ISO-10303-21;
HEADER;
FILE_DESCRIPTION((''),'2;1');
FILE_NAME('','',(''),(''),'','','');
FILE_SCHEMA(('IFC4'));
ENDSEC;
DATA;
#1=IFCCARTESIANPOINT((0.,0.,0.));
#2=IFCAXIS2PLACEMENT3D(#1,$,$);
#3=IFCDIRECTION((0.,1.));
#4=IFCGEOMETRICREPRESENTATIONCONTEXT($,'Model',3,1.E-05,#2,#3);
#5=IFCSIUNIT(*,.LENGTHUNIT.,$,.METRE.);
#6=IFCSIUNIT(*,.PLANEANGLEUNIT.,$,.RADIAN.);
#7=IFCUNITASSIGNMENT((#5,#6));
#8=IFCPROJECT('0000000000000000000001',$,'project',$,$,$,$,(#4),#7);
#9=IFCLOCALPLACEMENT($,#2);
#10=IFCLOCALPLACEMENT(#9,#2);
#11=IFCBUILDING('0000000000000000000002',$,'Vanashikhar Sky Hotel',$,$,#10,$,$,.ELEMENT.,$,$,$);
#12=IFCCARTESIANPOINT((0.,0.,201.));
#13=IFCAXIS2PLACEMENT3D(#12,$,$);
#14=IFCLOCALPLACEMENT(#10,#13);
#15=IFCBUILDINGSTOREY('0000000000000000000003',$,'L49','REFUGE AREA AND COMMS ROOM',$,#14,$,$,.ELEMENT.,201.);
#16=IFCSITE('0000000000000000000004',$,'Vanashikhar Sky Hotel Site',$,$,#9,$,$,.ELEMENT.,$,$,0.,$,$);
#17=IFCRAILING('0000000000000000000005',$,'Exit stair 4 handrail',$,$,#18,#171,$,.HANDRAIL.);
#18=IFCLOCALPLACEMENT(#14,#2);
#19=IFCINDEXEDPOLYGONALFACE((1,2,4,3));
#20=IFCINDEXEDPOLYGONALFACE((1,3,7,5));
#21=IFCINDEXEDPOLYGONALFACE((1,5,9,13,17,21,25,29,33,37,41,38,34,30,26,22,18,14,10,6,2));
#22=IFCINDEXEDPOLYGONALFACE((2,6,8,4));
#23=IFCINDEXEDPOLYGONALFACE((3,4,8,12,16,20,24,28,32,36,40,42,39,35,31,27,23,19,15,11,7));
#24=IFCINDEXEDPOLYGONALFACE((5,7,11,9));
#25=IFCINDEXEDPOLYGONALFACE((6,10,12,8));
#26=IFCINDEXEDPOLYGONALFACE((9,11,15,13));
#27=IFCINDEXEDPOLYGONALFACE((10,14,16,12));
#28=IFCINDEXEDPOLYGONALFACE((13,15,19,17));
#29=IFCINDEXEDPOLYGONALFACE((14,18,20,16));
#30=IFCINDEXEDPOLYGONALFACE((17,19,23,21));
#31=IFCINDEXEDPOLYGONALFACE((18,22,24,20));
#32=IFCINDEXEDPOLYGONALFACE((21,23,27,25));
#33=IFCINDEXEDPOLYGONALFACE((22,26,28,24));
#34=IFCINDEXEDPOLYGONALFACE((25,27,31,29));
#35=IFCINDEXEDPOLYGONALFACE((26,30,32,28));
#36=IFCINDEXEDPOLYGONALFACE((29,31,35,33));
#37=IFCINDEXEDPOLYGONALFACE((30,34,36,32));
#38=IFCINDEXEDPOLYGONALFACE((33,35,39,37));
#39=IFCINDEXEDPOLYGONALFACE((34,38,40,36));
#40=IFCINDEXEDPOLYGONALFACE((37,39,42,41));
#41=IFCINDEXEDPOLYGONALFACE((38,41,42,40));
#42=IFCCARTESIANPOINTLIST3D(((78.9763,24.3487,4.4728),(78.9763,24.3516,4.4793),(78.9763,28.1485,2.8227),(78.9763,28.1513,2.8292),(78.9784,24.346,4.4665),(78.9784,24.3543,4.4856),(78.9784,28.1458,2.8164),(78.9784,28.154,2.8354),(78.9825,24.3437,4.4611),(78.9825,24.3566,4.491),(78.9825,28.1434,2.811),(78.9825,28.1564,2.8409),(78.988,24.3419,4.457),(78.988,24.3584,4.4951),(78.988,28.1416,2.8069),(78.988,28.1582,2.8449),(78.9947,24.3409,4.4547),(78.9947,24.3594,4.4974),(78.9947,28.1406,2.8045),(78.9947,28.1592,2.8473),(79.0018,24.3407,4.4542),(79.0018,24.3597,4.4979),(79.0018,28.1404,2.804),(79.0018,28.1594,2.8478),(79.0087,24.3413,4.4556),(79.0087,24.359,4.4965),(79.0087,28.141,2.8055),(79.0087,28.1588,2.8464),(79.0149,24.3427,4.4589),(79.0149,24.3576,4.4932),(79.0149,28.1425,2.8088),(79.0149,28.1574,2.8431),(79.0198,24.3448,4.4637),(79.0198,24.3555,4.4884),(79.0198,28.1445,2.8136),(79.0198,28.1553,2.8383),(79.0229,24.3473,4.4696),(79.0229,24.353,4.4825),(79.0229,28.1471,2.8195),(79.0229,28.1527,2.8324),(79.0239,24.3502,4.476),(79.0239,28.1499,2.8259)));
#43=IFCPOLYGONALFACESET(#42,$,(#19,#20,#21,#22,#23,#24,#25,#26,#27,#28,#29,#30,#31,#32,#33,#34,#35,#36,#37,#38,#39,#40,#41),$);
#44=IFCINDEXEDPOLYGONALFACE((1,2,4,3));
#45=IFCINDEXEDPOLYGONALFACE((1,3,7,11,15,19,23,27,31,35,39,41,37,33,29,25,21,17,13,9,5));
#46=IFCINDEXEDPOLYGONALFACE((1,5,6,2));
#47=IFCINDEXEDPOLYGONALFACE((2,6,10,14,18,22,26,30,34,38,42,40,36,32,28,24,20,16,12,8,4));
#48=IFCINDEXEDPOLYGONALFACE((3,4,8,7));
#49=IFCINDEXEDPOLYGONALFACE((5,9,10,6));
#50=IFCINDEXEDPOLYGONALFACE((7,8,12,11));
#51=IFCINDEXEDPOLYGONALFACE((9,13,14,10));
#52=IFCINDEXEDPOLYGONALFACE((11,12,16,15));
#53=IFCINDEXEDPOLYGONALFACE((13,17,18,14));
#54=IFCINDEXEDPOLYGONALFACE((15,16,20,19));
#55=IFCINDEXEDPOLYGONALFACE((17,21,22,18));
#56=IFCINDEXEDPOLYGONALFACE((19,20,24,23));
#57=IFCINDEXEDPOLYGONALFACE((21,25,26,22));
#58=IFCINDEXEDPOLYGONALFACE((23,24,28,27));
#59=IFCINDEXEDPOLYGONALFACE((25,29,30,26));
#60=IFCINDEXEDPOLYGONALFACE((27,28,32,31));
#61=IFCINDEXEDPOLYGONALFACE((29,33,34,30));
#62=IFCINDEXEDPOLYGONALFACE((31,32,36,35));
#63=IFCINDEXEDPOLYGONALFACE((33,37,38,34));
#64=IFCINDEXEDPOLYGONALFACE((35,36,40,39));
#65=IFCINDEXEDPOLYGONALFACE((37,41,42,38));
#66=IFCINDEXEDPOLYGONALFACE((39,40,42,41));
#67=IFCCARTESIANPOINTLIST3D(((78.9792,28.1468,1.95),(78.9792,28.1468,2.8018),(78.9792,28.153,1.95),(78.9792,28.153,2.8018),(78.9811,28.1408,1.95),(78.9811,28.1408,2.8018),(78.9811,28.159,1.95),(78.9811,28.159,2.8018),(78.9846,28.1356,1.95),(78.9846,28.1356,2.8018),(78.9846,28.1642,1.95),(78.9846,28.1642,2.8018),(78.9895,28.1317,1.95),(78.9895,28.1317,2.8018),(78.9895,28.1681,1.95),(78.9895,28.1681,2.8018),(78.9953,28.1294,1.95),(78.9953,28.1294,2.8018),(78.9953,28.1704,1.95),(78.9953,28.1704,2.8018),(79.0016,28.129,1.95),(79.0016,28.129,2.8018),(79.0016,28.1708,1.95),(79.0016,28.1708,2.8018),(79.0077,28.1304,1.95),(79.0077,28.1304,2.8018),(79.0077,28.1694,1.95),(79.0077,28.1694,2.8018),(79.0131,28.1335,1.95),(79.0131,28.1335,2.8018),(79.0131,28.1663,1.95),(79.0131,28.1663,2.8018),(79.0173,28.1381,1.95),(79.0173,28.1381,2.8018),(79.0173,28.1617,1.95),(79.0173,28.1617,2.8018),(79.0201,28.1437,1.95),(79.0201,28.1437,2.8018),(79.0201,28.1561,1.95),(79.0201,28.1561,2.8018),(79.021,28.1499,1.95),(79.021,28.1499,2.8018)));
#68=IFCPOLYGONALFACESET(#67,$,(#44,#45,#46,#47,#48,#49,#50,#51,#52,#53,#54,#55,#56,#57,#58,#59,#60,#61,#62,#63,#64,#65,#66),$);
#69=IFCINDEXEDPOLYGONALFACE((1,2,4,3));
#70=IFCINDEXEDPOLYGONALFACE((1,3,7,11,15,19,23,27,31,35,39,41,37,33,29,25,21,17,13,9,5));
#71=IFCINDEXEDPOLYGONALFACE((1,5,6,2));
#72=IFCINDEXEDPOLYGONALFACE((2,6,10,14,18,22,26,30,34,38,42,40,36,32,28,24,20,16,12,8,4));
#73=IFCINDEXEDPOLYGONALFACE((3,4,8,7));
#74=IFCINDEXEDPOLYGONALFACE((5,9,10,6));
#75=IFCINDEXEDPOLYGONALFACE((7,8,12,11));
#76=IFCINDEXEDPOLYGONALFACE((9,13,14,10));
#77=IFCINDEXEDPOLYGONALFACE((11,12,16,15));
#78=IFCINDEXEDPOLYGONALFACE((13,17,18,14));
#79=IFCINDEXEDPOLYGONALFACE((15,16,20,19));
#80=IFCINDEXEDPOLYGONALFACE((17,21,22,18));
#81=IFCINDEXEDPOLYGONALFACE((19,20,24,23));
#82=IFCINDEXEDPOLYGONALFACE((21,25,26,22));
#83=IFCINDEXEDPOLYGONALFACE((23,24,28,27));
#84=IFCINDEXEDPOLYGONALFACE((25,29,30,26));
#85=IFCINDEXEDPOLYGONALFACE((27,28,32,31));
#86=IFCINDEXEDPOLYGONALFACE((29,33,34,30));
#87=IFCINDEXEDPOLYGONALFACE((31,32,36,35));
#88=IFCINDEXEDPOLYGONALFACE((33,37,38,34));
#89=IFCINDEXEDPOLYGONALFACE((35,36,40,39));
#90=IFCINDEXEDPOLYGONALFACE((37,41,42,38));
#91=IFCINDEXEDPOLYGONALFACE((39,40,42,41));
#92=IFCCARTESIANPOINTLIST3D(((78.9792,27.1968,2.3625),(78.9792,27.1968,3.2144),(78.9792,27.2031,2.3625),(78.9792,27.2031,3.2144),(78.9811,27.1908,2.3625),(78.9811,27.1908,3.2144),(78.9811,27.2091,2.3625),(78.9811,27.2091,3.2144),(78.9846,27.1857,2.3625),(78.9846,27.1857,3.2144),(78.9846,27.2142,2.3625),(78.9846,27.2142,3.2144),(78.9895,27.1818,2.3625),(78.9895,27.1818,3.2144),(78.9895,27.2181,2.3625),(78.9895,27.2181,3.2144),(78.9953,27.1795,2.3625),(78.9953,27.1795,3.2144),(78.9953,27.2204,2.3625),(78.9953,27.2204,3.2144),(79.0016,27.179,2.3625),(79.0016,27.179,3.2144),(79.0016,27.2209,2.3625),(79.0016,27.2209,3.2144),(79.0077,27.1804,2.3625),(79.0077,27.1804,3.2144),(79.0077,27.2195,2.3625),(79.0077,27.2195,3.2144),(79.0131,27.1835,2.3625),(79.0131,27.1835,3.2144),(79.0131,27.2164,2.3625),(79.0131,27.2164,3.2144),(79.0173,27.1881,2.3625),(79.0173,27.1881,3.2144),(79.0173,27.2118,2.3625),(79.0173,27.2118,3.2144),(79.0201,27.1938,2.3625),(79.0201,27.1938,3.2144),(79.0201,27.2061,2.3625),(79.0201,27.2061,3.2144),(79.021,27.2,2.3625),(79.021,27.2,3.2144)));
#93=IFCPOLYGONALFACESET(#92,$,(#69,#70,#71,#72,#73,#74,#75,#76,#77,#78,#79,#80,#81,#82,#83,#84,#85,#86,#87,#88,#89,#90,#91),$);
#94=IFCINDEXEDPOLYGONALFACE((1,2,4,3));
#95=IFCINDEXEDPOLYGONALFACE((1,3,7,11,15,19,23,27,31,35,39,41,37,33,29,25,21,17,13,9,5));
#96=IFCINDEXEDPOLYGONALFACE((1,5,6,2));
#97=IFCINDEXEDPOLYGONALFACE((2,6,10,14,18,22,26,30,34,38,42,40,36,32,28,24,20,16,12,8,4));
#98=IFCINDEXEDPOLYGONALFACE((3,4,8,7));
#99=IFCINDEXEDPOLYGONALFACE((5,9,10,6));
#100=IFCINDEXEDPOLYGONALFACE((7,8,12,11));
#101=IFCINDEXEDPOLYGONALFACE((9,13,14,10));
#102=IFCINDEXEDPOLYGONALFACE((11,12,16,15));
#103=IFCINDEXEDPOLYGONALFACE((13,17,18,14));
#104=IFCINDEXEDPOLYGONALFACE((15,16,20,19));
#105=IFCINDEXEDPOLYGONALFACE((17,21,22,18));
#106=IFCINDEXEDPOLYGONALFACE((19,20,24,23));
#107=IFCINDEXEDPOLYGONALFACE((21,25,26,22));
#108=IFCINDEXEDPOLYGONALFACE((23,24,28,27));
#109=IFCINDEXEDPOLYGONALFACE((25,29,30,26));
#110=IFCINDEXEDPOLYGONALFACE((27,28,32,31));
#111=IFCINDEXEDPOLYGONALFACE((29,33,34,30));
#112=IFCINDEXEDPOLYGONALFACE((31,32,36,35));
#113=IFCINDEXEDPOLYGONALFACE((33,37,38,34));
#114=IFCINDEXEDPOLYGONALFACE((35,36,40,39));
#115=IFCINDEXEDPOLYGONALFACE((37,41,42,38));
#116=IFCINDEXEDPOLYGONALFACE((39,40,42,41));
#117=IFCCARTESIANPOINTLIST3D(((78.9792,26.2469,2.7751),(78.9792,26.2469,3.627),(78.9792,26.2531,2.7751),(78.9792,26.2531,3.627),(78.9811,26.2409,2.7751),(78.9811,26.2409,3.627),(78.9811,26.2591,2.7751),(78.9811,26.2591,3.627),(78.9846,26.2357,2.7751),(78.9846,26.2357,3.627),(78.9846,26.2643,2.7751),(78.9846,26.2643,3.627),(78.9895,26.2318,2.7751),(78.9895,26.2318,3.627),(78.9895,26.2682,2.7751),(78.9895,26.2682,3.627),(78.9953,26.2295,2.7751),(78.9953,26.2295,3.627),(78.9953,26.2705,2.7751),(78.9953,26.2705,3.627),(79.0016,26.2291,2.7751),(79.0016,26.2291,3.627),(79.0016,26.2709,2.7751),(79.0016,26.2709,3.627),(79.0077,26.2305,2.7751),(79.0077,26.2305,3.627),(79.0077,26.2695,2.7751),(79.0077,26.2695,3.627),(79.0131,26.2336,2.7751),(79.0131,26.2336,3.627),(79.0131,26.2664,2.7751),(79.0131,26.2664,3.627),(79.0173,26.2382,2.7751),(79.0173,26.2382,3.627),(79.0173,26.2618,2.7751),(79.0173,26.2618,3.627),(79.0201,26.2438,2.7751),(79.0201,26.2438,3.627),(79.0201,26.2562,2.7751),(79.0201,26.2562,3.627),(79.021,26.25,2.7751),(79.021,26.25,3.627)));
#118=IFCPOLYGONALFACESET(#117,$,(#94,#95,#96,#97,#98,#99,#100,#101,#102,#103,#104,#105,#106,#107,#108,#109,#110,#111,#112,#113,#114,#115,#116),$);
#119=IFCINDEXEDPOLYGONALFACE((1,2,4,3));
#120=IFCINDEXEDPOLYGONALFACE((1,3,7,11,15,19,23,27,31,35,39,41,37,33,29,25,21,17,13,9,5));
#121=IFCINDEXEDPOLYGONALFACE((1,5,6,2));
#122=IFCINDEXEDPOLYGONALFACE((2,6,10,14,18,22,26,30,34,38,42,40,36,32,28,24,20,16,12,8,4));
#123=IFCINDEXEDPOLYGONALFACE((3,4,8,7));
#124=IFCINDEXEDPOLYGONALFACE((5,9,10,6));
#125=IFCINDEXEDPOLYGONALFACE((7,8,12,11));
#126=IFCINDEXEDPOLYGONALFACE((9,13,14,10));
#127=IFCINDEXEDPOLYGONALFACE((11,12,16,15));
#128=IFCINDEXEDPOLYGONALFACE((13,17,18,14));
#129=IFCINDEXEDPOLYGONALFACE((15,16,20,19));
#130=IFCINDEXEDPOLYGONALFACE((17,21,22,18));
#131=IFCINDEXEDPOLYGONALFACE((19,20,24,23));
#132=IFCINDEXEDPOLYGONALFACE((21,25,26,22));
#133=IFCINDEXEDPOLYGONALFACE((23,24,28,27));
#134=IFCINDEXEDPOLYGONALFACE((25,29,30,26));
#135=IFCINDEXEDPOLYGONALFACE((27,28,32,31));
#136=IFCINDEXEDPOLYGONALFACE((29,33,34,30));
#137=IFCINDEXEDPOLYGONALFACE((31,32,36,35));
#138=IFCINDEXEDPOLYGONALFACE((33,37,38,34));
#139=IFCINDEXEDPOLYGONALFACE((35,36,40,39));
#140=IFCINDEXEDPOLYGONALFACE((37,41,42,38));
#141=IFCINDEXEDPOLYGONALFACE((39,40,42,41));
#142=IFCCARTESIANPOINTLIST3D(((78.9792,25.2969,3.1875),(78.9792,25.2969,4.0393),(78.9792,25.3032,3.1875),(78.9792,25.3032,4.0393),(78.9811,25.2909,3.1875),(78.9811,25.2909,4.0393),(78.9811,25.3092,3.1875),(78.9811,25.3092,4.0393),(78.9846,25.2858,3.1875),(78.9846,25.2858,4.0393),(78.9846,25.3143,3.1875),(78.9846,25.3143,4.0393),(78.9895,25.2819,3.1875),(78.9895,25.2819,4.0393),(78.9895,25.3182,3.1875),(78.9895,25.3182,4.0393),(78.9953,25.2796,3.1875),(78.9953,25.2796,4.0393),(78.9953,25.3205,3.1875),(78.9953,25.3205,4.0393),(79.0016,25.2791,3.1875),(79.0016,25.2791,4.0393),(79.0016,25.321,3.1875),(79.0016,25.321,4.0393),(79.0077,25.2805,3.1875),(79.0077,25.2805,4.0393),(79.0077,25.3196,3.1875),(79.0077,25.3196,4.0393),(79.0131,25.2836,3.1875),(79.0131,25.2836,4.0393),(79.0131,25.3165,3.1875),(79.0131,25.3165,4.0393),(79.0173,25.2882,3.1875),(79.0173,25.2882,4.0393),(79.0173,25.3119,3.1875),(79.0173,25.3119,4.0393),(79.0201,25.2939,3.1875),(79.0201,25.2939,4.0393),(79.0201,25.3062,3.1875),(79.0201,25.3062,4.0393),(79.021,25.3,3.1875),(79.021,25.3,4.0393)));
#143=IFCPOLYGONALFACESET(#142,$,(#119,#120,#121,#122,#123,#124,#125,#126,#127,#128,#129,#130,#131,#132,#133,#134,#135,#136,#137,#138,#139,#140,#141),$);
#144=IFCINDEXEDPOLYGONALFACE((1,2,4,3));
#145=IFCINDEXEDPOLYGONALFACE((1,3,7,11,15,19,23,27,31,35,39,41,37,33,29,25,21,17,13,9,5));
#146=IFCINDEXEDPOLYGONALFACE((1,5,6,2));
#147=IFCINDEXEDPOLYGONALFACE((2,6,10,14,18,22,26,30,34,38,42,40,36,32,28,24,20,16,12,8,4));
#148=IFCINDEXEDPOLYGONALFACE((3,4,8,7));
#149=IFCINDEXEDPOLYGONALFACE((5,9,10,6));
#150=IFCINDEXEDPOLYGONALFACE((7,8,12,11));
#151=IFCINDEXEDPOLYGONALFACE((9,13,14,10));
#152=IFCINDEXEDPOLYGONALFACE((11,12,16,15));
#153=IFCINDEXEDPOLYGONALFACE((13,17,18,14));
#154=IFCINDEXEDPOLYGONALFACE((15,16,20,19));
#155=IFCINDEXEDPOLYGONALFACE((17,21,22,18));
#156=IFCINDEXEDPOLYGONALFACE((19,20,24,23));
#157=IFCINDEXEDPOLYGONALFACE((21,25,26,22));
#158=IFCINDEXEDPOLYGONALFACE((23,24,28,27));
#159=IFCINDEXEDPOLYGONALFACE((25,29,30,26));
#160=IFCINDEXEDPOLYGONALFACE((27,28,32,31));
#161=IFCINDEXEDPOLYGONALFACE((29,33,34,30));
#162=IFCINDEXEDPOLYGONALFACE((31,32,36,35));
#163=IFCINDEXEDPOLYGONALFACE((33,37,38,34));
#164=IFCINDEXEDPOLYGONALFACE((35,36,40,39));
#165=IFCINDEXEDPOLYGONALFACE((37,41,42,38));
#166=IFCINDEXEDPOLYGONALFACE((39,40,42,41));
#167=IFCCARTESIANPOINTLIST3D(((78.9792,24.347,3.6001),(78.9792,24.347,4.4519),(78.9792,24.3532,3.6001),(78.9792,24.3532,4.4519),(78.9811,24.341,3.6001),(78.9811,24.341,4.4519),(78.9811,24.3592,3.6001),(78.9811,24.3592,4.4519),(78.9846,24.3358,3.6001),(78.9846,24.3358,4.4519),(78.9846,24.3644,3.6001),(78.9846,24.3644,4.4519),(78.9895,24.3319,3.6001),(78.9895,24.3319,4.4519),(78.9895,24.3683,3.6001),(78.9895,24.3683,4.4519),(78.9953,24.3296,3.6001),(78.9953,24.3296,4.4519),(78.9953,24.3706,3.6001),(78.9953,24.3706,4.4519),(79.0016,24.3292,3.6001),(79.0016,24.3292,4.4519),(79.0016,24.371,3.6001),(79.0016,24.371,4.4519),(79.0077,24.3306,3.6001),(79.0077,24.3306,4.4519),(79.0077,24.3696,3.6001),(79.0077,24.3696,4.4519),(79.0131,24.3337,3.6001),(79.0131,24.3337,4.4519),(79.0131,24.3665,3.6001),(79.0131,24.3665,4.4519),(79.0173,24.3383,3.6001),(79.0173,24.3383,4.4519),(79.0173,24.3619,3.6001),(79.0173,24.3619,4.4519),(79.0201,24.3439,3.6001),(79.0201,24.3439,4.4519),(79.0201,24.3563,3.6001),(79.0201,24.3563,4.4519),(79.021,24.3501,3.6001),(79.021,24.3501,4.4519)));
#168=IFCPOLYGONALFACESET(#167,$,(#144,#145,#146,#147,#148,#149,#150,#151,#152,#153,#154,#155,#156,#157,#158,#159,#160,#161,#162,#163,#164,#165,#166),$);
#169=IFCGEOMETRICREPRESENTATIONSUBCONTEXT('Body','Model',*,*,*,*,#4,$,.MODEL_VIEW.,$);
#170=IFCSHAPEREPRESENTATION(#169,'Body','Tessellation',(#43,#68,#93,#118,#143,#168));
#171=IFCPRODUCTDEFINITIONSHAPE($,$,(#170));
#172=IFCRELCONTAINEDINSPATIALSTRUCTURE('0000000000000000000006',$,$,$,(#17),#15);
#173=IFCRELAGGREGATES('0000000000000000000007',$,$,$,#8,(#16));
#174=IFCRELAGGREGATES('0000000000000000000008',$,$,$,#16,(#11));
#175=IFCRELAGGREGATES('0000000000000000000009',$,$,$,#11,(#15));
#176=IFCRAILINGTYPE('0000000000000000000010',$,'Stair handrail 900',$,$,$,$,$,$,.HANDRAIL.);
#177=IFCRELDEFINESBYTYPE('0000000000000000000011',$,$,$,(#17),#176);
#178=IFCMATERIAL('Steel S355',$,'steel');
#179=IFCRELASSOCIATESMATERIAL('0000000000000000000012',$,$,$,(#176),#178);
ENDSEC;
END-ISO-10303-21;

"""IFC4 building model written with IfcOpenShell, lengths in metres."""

from ifc_helpers import new_model, si_unit, direction, frame, origin, origin_2d, place, context, subcontext, project, spatial, circle, extrude, source, transform, mapped, material, type_object, element, save


model = new_model("IFC4")

# Units and contexts
model_context = context("Model", 3, precision=1e-05, world=origin(), true_north=direction((0.0, 1.0)))
body_context = subcontext(model_context, "Body", "Model", "MODEL_VIEW")
ifc_project = project(units=[si_unit("LENGTHUNIT", "METRE"), si_unit("PLANEANGLEUNIT", "RADIAN")], contexts=[model_context])

# Site, building, storey
site_placement = place(None, origin())
site = spatial("IfcSite", under=ifc_project, at=site_placement, Name="Vanashikhar Sky Hotel Site", CompositionType="ELEMENT", RefElevation=0.0)
building_placement = place(site_placement, origin())
building = spatial("IfcBuilding", under=site, at=building_placement, Name="Vanashikhar Sky Hotel", CompositionType="ELEMENT")
storey_placement = place(building_placement, frame((0.0, 0.0, 201.0)))
storey = spatial("IfcBuildingStorey", under=building, at=storey_placement, Name="L49", Description="REFUGE AREA AND COMMS ROOM", CompositionType="ELEMENT", Elevation=201.0)

# Shared definitions
ifc_material_1 = material(Name="Steel S355", Category="steel")

# Railing
railing_type_1 = type_object("IfcRailingType", Name="Stair handrail 900", PredefinedType="HANDRAIL", material=ifc_material_1)
shared_shape_1 = source(origin(), body_context, "Body", "SweptSolid", [
    extrude(circle(Radius=0.0239, at=origin_2d()), frame((0.0, 0.0, 0.876), z_axis=(0.0, -0.917241, 0.398332), x_axis=(1.0, 0.0, 0.0)), (0.0, 0.0, 1.0), 4.1426),
    extrude(circle(Radius=0.021, at=origin_2d()), origin(), (0.0, 0.0, 1.0), 0.8518),
    extrude(circle(Radius=0.021, at=origin_2d()), frame((0.0, -0.95, 0.4126)), (0.0, 0.0, 1.0), 0.8518),
    extrude(circle(Radius=0.021, at=origin_2d()), frame((0.0, -1.8999, 0.8252)), (0.0, 0.0, 1.0), 0.8518),
    extrude(circle(Radius=0.021, at=origin_2d()), frame((0.0, -2.8499, 1.2375)), (0.0, 0.0, 1.0), 0.8518),
    extrude(circle(Radius=0.021, at=origin_2d()), frame((0.0, -3.7998, 1.6501)), (0.0, 0.0, 1.0), 0.8518),
])
railing_1_placement = place(storey_placement, frame((79.0, 28.1499, 1.95)))
element("IfcRailing", 1, at=railing_1_placement, inside=storey, type_object=railing_type_1, Name="Exit stair 4 handrail", PredefinedType="HANDRAIL", context=body_context, shape_type="MappedRepresentation", body=[
    mapped(shared_shape_1, transform((0.0, 0.0, 0.0), scale=1.0)),
])

save(model, "model.ifc")
